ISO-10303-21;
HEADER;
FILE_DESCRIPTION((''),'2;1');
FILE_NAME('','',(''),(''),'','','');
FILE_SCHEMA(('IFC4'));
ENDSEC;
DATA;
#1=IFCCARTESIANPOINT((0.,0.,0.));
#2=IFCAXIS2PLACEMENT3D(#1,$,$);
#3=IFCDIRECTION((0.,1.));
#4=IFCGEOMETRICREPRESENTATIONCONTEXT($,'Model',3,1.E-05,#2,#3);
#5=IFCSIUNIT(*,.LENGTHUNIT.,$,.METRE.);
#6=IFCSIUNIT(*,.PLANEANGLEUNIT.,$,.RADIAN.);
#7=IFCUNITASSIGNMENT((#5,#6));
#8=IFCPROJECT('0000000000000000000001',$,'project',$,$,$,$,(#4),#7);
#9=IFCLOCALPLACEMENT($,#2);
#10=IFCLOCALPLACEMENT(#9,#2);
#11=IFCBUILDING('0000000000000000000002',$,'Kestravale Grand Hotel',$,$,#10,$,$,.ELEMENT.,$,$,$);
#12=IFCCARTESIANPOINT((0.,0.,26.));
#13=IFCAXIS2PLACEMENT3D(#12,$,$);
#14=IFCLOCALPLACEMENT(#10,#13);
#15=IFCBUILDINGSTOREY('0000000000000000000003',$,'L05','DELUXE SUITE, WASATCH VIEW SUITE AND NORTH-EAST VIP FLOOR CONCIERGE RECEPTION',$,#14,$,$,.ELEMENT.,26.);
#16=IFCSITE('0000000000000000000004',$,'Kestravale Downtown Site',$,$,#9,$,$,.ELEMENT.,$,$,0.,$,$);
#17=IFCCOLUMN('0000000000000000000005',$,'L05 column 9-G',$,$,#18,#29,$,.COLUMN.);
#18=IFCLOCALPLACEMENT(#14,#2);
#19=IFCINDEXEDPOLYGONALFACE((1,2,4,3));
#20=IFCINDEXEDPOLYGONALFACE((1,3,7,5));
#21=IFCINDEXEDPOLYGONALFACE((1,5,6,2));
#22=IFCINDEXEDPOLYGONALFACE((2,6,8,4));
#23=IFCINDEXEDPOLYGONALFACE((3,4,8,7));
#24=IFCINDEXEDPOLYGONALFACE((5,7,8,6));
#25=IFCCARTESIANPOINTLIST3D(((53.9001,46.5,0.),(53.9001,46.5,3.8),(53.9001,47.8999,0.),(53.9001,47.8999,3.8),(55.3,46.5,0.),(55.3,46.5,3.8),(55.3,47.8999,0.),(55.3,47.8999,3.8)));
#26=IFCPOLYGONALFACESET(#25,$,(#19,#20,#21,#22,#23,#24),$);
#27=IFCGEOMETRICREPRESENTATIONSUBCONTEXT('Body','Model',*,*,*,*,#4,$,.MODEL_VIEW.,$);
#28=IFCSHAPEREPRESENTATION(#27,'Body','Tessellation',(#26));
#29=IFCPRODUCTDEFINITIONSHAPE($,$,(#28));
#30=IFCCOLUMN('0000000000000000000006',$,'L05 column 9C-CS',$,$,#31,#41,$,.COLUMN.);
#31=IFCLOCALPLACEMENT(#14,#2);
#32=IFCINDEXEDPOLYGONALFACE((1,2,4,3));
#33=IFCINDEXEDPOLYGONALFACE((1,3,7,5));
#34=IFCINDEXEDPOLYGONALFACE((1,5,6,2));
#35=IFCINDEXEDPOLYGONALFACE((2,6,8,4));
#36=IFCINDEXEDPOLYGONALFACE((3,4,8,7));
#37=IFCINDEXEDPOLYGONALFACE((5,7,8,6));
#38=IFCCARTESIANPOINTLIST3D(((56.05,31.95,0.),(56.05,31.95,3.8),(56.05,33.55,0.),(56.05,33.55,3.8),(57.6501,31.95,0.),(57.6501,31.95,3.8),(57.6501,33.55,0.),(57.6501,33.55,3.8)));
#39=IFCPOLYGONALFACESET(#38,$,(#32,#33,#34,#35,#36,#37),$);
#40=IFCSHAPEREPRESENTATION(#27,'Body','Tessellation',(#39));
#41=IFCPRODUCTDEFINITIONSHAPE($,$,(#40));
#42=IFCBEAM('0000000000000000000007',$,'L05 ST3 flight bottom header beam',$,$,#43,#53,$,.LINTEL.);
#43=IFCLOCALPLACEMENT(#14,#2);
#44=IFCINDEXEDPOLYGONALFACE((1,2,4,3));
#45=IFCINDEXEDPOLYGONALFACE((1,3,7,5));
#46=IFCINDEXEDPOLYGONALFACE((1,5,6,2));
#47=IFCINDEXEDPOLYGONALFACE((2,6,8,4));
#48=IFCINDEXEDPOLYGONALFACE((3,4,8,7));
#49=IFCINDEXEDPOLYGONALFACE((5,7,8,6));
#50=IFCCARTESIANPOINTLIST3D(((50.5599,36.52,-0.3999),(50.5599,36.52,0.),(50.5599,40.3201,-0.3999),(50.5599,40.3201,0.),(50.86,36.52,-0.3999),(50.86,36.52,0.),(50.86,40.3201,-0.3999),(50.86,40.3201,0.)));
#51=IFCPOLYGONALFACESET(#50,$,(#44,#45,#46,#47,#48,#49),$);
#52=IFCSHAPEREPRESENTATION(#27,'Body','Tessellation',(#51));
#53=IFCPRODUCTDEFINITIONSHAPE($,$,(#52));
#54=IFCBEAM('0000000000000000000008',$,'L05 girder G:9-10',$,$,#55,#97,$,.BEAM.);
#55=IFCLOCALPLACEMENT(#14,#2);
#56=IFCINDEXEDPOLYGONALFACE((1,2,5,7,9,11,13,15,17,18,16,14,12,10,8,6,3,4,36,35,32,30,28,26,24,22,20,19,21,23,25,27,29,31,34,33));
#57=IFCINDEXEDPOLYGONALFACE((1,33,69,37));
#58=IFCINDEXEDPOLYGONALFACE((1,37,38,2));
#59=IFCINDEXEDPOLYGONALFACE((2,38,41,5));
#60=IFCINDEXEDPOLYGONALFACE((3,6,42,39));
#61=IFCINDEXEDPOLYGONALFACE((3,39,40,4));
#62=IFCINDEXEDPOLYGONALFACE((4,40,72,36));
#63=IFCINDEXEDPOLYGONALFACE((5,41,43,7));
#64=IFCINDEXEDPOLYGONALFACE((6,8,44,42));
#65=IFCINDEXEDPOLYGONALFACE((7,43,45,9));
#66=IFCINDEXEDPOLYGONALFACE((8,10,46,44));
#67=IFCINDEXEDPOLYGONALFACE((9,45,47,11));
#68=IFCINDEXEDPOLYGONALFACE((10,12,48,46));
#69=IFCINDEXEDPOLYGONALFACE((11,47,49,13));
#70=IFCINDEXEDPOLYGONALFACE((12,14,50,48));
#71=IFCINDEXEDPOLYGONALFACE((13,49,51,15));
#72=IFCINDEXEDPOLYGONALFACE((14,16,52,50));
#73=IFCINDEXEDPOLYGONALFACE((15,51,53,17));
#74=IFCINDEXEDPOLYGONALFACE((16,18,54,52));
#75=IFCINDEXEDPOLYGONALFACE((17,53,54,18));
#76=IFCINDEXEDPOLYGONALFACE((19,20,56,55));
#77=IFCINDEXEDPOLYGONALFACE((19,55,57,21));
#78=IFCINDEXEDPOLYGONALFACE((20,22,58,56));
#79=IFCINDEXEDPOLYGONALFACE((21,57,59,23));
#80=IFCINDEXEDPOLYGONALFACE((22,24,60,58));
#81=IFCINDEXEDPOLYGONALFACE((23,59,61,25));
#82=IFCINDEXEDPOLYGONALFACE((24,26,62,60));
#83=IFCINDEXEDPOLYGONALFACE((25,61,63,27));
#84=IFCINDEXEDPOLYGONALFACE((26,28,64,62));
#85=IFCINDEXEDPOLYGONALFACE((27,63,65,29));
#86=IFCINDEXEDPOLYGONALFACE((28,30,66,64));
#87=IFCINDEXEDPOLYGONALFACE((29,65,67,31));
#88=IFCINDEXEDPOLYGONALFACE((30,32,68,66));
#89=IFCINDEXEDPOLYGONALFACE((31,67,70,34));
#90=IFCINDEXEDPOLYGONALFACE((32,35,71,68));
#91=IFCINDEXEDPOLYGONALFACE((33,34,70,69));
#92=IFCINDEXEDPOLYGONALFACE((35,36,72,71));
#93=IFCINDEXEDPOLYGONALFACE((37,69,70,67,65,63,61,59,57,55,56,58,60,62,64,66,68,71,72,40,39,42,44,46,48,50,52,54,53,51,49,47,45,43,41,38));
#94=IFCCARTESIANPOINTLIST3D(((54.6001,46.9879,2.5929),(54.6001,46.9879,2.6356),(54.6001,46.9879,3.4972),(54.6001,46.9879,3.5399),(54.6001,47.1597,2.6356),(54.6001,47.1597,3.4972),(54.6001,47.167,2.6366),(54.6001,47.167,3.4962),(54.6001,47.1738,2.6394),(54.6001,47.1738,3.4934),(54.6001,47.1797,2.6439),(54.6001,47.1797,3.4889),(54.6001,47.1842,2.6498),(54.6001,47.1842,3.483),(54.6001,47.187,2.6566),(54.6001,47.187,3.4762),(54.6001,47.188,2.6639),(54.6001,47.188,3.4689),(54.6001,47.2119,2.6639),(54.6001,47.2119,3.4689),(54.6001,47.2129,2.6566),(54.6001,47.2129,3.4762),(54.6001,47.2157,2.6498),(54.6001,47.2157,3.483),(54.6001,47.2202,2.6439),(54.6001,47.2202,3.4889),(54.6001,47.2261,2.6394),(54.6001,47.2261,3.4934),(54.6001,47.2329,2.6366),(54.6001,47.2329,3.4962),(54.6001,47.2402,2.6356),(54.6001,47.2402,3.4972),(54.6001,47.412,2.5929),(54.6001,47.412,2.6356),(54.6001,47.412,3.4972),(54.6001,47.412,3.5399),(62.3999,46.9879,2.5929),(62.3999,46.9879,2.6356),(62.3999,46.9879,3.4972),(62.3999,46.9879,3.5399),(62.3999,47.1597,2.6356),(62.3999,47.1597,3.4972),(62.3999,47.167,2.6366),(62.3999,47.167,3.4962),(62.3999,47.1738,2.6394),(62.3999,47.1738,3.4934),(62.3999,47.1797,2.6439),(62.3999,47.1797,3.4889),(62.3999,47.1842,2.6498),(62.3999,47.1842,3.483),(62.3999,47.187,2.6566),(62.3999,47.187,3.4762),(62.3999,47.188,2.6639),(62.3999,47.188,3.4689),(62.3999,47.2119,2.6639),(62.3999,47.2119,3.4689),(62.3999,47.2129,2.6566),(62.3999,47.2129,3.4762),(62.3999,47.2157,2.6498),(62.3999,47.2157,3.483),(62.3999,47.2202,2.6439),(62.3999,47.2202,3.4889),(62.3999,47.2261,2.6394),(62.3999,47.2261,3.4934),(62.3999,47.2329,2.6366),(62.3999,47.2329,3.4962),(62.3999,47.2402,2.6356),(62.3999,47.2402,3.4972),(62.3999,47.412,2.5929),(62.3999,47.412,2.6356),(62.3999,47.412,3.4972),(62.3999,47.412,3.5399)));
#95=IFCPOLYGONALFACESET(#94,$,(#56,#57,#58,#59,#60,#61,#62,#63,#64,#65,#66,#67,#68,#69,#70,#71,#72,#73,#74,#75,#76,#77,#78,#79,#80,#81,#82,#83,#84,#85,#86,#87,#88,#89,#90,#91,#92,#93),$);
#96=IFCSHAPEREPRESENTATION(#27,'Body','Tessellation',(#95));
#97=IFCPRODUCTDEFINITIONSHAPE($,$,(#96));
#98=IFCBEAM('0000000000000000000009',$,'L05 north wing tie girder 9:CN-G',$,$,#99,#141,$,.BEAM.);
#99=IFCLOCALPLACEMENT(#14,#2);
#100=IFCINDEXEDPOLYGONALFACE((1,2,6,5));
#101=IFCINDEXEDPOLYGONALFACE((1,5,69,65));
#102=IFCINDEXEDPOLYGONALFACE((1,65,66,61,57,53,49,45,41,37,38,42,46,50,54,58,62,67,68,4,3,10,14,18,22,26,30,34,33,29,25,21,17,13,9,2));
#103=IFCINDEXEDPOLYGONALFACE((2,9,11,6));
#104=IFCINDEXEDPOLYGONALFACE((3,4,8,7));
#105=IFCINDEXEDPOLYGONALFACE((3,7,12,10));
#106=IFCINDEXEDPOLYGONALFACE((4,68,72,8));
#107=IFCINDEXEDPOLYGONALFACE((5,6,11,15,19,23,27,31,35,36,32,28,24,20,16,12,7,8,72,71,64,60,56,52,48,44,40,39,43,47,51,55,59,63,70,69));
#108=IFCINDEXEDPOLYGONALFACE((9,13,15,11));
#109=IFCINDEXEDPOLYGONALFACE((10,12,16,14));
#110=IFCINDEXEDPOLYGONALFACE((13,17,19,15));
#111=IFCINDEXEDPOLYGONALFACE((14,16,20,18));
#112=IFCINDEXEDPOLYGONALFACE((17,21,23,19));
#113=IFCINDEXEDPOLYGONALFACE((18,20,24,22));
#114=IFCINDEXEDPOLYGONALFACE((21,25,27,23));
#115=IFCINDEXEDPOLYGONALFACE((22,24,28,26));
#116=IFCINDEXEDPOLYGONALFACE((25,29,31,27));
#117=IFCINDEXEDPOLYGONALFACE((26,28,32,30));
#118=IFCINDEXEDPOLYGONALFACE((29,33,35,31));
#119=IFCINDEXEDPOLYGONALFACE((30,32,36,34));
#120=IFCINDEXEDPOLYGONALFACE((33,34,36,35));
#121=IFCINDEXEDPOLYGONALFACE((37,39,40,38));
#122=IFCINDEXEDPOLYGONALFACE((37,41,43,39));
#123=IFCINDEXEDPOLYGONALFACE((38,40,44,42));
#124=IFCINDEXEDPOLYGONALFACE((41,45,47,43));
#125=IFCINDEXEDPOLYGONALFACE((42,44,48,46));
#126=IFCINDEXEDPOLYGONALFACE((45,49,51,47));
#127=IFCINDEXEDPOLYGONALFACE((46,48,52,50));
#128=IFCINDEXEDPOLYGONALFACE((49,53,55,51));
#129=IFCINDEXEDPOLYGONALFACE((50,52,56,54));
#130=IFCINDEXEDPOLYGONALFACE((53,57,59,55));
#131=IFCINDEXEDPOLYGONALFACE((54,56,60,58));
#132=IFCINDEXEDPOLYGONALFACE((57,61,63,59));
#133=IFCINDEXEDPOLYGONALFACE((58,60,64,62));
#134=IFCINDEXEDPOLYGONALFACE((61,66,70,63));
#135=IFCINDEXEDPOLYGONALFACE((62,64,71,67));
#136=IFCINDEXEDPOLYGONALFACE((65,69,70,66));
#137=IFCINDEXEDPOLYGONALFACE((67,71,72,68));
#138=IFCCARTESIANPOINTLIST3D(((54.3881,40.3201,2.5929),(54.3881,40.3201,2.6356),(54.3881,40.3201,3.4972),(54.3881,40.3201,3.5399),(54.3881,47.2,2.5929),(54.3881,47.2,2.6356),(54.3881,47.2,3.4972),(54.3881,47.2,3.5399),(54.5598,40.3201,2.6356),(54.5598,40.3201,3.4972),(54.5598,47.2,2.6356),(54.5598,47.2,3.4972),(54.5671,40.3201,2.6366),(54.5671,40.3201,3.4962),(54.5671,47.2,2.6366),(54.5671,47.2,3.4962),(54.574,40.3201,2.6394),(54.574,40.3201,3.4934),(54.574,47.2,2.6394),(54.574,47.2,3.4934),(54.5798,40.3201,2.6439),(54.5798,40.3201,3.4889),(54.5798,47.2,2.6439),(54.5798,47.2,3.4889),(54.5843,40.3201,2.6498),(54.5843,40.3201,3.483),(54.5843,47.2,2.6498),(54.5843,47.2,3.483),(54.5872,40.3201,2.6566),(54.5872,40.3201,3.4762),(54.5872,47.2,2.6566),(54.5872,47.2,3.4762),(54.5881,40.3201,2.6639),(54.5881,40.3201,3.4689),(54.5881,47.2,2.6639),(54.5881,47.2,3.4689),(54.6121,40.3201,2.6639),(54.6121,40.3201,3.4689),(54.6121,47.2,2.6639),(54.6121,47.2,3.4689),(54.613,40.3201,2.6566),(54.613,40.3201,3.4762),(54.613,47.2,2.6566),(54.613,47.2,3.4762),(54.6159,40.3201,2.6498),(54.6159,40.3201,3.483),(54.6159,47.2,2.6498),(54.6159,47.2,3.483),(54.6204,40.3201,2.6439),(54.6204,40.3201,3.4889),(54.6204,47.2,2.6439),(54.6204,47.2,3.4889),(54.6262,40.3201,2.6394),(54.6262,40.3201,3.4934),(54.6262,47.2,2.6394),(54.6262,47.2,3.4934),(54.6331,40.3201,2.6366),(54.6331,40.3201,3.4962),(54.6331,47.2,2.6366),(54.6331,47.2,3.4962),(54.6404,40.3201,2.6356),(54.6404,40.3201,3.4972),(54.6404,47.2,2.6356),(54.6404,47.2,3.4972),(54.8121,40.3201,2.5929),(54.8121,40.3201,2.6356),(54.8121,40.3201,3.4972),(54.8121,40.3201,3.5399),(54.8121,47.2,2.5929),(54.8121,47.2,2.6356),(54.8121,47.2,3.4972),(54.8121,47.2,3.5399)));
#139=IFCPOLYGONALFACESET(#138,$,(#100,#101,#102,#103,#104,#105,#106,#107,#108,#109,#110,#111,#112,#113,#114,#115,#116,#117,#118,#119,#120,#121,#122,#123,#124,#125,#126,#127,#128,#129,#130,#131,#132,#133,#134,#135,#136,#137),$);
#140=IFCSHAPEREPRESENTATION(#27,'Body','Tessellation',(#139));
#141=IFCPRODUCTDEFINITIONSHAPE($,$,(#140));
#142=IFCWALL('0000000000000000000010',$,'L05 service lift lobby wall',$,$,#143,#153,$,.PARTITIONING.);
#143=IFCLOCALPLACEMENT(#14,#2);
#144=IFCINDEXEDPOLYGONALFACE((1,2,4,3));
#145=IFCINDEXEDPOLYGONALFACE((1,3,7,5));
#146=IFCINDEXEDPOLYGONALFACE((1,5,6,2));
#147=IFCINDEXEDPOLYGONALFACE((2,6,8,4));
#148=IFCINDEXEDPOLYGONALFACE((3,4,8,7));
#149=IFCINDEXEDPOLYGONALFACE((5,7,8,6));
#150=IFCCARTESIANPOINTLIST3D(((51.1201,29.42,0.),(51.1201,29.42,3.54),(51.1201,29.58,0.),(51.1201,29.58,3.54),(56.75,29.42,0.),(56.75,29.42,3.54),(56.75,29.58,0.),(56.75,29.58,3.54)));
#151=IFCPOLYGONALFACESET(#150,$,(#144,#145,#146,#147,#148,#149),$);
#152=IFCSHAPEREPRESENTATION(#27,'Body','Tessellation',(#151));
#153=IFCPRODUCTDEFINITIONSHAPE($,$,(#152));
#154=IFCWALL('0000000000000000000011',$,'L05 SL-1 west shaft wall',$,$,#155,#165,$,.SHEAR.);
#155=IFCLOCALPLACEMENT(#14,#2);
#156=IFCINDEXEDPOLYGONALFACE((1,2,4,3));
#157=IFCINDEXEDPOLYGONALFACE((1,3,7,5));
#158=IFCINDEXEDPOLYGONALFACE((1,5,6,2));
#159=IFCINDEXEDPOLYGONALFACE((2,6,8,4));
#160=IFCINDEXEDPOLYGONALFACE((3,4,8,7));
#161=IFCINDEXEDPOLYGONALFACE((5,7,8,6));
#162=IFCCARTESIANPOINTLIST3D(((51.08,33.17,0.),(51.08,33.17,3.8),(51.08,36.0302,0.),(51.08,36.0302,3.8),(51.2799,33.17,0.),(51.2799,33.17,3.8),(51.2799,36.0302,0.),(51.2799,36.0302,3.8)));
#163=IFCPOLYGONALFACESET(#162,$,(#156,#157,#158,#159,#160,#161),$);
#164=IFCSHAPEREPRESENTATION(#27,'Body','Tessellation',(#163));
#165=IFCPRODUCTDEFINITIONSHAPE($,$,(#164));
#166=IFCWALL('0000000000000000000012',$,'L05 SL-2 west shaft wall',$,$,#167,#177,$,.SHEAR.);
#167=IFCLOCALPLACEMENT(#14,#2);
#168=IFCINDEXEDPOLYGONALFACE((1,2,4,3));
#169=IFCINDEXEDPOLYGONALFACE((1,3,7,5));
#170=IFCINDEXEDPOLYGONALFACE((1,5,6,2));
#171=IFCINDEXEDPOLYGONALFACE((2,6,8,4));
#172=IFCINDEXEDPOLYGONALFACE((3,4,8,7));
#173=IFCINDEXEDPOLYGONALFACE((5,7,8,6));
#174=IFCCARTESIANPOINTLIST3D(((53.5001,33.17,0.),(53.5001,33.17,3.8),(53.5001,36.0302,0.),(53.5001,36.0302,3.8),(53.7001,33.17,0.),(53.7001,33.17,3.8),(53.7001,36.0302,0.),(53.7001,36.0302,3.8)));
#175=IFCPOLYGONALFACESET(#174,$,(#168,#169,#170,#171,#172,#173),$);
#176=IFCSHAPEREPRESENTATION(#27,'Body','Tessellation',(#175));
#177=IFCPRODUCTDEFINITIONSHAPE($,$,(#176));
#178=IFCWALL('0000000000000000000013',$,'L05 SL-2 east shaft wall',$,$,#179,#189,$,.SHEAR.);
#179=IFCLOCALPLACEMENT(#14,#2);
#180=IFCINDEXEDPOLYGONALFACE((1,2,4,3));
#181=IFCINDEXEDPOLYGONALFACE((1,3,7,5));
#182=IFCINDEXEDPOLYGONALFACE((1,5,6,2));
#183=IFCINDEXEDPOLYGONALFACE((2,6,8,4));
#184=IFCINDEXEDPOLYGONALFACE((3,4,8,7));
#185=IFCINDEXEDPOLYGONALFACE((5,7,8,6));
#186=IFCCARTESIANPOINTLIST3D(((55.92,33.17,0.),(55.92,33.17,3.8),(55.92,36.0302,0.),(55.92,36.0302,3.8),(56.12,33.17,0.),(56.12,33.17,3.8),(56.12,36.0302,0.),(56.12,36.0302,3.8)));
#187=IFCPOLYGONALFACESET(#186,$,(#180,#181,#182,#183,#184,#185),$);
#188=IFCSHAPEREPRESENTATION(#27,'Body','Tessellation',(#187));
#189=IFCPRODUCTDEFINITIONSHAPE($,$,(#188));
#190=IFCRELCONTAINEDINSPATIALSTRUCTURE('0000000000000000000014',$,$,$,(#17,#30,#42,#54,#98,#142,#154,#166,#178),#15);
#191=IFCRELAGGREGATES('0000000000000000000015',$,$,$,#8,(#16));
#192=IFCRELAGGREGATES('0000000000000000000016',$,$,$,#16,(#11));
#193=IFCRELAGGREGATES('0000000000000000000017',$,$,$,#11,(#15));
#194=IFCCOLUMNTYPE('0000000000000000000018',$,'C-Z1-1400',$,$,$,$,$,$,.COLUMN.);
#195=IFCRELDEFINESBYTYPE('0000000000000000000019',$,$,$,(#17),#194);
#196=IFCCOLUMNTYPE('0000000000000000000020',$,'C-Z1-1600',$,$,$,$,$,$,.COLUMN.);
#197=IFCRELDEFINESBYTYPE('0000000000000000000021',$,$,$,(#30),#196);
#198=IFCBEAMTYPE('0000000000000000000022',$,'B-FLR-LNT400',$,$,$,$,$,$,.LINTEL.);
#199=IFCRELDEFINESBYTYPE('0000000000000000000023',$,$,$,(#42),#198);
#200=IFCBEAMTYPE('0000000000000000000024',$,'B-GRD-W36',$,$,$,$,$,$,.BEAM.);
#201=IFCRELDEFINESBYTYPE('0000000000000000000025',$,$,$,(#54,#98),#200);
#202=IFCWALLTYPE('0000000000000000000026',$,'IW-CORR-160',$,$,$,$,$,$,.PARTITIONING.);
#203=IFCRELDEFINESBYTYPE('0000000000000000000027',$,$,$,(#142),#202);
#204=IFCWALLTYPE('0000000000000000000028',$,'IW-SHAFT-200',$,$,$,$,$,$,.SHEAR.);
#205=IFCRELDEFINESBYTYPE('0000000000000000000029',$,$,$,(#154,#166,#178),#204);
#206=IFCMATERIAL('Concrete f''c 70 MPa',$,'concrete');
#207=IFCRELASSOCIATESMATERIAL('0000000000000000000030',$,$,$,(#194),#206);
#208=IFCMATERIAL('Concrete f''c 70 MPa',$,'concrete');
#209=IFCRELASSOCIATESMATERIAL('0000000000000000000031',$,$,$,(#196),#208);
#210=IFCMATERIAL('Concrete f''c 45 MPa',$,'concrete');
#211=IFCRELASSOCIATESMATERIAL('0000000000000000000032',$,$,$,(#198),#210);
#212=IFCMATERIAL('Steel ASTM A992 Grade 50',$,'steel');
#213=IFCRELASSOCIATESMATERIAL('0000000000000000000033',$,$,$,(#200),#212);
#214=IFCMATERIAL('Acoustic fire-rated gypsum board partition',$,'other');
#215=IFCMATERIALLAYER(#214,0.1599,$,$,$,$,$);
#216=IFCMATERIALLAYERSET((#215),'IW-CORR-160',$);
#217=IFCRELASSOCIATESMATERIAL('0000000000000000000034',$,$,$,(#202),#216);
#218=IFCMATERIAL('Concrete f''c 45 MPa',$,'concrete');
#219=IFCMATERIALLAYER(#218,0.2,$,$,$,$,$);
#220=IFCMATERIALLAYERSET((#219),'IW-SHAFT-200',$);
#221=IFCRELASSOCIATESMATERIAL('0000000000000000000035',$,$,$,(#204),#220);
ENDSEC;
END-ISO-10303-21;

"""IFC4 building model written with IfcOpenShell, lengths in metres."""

from ifc_helpers import new_model, si_unit, direction, frame, frame_2d, origin, origin_2d, place, context, subcontext, project, spatial, rectangle, i_section, extrude, material, layer, layer_set, material_profile, profile_set, type_object, element, save


model = new_model("IFC4")

# Units and contexts
model_context = context("Model", 3, precision=1e-05, world=origin(), true_north=direction((0.0, 1.0)))
body_context = subcontext(model_context, "Body", "Model", "MODEL_VIEW")
ifc_project = project(units=[si_unit("LENGTHUNIT", "METRE"), si_unit("PLANEANGLEUNIT", "RADIAN")], contexts=[model_context])

# Site, building, storey
site_placement = place(None, origin())
site = spatial("IfcSite", under=ifc_project, at=site_placement, Name="Kestravale Downtown Site", CompositionType="ELEMENT", RefElevation=0.0)
building_placement = place(site_placement, origin())
building = spatial("IfcBuilding", under=site, at=building_placement, Name="Kestravale Grand Hotel", CompositionType="ELEMENT")
storey_placement = place(building_placement, frame((0.0, 0.0, 26.0)))
storey = spatial("IfcBuildingStorey", under=building, at=storey_placement, Name="L05", Description="DELUXE SUITE, WASATCH VIEW SUITE AND NORTH-EAST VIP FLOOR CONCIERGE RECEPTION", CompositionType="ELEMENT", Elevation=26.0)

# Columns
ifc_material_1 = material(Name="Concrete f'c 70 MPa", Category="concrete")
ifc_material_profile_1 = material_profile(ifc_material_1, rectangle(XDim=1.3999, YDim=1.3999, at=origin_2d()))
ifc_profile_set_1 = profile_set([ifc_material_profile_1], Name="Concrete f'c 70 MPa")
column_type_1 = type_object("IfcColumnType", Name="C-Z1-1400", PredefinedType="COLUMN", material=ifc_profile_set_1)
column_1_placement = place(storey_placement, frame((54.6001, 47.2, 0.0), z_axis=(0.0, 0.0, 1.0), x_axis=(1.0, 0.0, 0.0)))
element("IfcColumn", 1, at=column_1_placement, inside=storey, type_object=column_type_1, Name="L05 column 9-G", PredefinedType="COLUMN", context=body_context, shape_type="SweptSolid", body=[
    extrude(rectangle(XDim=1.3999, YDim=1.3999, at=origin_2d()), origin(), (0.0, 0.0, 1.0), 3.8),
])
ifc_material_2 = material(Name="Concrete f'c 70 MPa", Category="concrete")
ifc_material_profile_2 = material_profile(ifc_material_2, rectangle(XDim=1.6001, YDim=1.6001, at=origin_2d()))
ifc_profile_set_2 = profile_set([ifc_material_profile_2], Name="Concrete f'c 70 MPa")
column_type_2 = type_object("IfcColumnType", Name="C-Z1-1600", PredefinedType="COLUMN", material=ifc_profile_set_2)
column_2_placement = place(storey_placement, frame((56.8501, 32.75, 0.0), z_axis=(0.0, 0.0, 1.0), x_axis=(1.0, 0.0, 0.0)))
element("IfcColumn", 2, at=column_2_placement, inside=storey, type_object=column_type_2, Name="L05 column 9C-CS", PredefinedType="COLUMN", context=body_context, shape_type="SweptSolid", body=[
    extrude(rectangle(XDim=1.6001, YDim=1.6001, at=origin_2d()), origin(), (0.0, 0.0, 1.0), 3.8),
])

# Beams
ifc_material_3 = material(Name="Concrete f'c 45 MPa", Category="concrete")
ifc_material_profile_3 = material_profile(ifc_material_3, rectangle(XDim=0.3, YDim=0.3999, at=origin_2d()))
ifc_profile_set_3 = profile_set([ifc_material_profile_3], Name="Concrete f'c 45 MPa")
beam_type_1 = type_object("IfcBeamType", Name="B-FLR-LNT400", PredefinedType="LINTEL", material=ifc_profile_set_3)
beam_1_placement = place(storey_placement, frame((50.71, 36.52, -0.2), z_axis=(0.0, 1.0, 0.0), x_axis=(-1.0, 0.0, 0.0)))
element("IfcBeam", 3, at=beam_1_placement, inside=storey, type_object=beam_type_1, Name="L05 ST3 flight bottom header beam", PredefinedType="LINTEL", context=body_context, shape_type="SweptSolid", body=[
    extrude(rectangle(XDim=0.3, YDim=0.3999, at=origin_2d()), origin(), (0.0, 0.0, 1.0), 3.8),
])
ifc_material_4 = material(Name="Steel ASTM A992 Grade 50", Category="steel")
ifc_material_profile_4 = material_profile(ifc_material_4, i_section(OverallWidth=0.4241, OverallDepth=0.947, WebThickness=0.0239, FlangeThickness=0.0427, FilletRadius=0.0283, at=origin_2d()))
ifc_profile_set_4 = profile_set([ifc_material_profile_4], Name="Steel ASTM A992 Grade 50")
beam_type_2 = type_object("IfcBeamType", Name="B-GRD-W36", PredefinedType="BEAM", material=ifc_profile_set_4)
beam_2_placement = place(storey_placement, frame((54.6001, 47.2, 3.0664), z_axis=(1.0, 0.0, 0.0), x_axis=(0.0, 1.0, 0.0)))
element("IfcBeam", 4, at=beam_2_placement, inside=storey, type_object=beam_type_2, Name="L05 girder G:9-10", PredefinedType="BEAM", context=body_context, shape_type="SweptSolid", body=[
    extrude(i_section(OverallWidth=0.4241, OverallDepth=0.947, WebThickness=0.0239, FlangeThickness=0.0427, FilletRadius=0.0283, at=origin_2d()), origin(), (0.0, 0.0, 1.0), 7.7998),
])
beam_3_placement = place(storey_placement, frame((54.6001, 40.3201, 3.0664), z_axis=(0.0, 1.0, 0.0), x_axis=(-1.0, 0.0, 0.0)))
element("IfcBeam", 5, at=beam_3_placement, inside=storey, type_object=beam_type_2, Name="L05 north wing tie girder 9:CN-G", PredefinedType="BEAM", context=body_context, shape_type="SweptSolid", body=[
    extrude(i_section(OverallWidth=0.4241, OverallDepth=0.947, WebThickness=0.0239, FlangeThickness=0.0427, FilletRadius=0.0283, at=origin_2d()), origin(), (0.0, 0.0, 1.0), 6.8799),
])

# Shared definitions
ifc_material_5 = material(Name="Acoustic fire-rated gypsum board partition", Category="other")
ifc_layer_1 = layer(ifc_material_5, 0.1599)
ifc_layer_set_1 = layer_set([ifc_layer_1], Name="IW-CORR-160")
wall_type_1 = type_object("IfcWallType", Name="IW-CORR-160", PredefinedType="PARTITIONING", material=ifc_layer_set_1)

# Walls
wall_1_placement = place(storey_placement, frame((51.1201, 29.5, 0.0), z_axis=(0.0, 0.0, 1.0), x_axis=(1.0, 0.0, 0.0)))
element("IfcWall", 6, at=wall_1_placement, inside=storey, type_object=wall_type_1, Name="L05 service lift lobby wall", PredefinedType="PARTITIONING", context=body_context, shape_type="SweptSolid", body=[
    extrude(rectangle(XDim=5.6299, YDim=0.1599, at=frame_2d((2.8149, 0.0))), origin(), (0.0, 0.0, 1.0), 3.54),
])
ifc_material_6 = material(Name="Concrete f'c 45 MPa", Category="concrete")
ifc_layer_2 = layer(ifc_material_6, 0.2)
ifc_layer_set_2 = layer_set([ifc_layer_2], Name="IW-SHAFT-200")
wall_type_2 = type_object("IfcWallType", Name="IW-SHAFT-200", PredefinedType="SHEAR", material=ifc_layer_set_2)
for number, where, z_axis, x_axis, name in (
    (7, (51.1799, 33.1699, 0.0), (0.0, 0.0, 1.0), (0.0, 1.0, 0.0), "L05 SL-1 west shaft wall"),
    (8, (53.6001, 33.1699, 0.0), (0.0, 0.0, 1.0), (0.0, 1.0, 0.0), "L05 SL-2 west shaft wall"),
    (9, (56.02, 33.1699, 0.0), (0.0, 0.0, 1.0), (0.0, 1.0, 0.0), "L05 SL-2 east shaft wall"),
):
    element("IfcWall", number, at=place(storey_placement, frame(where, z_axis=z_axis, x_axis=x_axis)), inside=storey, type_object=wall_type_2, Name=name, PredefinedType="SHEAR", context=body_context, shape_type="SweptSolid", body=[
        extrude(rectangle(XDim=2.8601, YDim=0.2, at=frame_2d((1.4302, 0.0))), origin(), (0.0, 0.0, 1.0), 3.8),
    ])

save(model, "model.ifc")
